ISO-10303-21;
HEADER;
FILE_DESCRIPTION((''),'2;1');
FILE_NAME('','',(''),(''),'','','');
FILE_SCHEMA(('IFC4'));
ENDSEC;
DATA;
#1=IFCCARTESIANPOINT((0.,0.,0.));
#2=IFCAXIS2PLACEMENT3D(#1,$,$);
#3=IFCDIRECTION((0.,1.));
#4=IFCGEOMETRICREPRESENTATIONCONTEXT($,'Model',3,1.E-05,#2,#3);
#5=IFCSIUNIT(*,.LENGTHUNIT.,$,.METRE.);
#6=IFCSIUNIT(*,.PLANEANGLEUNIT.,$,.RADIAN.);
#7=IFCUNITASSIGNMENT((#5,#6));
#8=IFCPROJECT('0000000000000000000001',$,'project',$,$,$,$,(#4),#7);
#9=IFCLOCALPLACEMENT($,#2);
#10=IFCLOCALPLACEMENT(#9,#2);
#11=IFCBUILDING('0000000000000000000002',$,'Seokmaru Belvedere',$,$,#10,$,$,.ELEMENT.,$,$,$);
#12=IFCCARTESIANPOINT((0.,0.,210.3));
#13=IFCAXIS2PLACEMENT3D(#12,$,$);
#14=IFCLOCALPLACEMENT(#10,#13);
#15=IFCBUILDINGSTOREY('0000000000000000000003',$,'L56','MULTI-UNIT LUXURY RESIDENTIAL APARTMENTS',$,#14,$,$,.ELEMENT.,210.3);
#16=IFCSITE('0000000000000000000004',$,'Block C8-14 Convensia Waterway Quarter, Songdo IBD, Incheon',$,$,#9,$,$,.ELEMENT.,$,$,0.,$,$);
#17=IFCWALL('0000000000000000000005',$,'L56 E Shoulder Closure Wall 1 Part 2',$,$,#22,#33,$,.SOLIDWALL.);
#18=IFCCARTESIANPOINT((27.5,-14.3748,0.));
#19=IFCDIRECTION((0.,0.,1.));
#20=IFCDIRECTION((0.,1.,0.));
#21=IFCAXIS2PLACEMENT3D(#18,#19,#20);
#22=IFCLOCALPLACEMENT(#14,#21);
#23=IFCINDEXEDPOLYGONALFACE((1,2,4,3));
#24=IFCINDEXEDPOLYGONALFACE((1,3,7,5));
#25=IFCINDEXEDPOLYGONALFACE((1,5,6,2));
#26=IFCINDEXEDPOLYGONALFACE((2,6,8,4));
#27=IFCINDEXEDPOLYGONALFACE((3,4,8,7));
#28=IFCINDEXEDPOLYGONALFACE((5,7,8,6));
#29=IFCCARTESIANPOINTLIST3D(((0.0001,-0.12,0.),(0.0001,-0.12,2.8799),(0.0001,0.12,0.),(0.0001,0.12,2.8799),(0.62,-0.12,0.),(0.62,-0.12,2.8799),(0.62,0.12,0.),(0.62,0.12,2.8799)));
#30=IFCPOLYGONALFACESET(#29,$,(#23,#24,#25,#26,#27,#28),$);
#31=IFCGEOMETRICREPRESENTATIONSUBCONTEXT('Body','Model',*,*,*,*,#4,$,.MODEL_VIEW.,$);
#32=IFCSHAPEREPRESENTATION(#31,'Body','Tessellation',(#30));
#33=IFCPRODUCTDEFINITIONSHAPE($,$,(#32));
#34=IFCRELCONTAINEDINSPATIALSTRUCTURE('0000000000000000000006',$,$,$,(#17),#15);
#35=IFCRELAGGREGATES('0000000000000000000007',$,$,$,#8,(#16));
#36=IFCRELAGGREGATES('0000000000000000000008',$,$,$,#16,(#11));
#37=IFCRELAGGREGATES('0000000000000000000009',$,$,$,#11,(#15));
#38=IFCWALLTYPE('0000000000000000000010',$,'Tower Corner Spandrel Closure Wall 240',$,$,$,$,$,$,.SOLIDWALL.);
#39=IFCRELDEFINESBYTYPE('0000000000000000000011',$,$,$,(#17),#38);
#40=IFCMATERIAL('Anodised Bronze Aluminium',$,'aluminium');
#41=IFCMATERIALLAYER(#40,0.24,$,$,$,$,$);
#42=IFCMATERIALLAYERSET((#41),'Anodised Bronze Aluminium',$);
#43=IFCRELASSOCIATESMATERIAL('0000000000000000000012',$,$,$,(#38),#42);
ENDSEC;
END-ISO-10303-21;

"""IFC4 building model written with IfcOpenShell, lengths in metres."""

from ifc_helpers import new_model, si_unit, direction, frame, frame_2d, origin, place, context, subcontext, project, spatial, rectangle, extrude, material, layer, layer_set, type_object, element, save


model = new_model("IFC4")

# Units and contexts
model_context = context("Model", 3, precision=1e-05, world=origin(), true_north=direction((0.0, 1.0)))
body_context = subcontext(model_context, "Body", "Model", "MODEL_VIEW")
ifc_project = project(units=[si_unit("LENGTHUNIT", "METRE"), si_unit("PLANEANGLEUNIT", "RADIAN")], contexts=[model_context])

# Site, building, storey
site_placement = place(None, origin())
site = spatial("IfcSite", under=ifc_project, at=site_placement, Name="Block C8-14 Convensia Waterway Quarter, Songdo IBD, Incheon", CompositionType="ELEMENT", RefElevation=0.0)
building_placement = place(site_placement, origin())
building = spatial("IfcBuilding", under=site, at=building_placement, Name="Seokmaru Belvedere", CompositionType="ELEMENT")
storey_placement = place(building_placement, frame((0.0, 0.0, 210.3)))
storey = spatial("IfcBuildingStorey", under=building, at=storey_placement, Name="L56", Description="MULTI-UNIT LUXURY RESIDENTIAL APARTMENTS", CompositionType="ELEMENT", Elevation=210.3)

# Shared definitions
ifc_material_1 = material(Name="Anodised Bronze Aluminium", Category="aluminium")

# Wall
ifc_layer_1 = layer(ifc_material_1, 0.24)
ifc_layer_set_1 = layer_set([ifc_layer_1], Name="Anodised Bronze Aluminium")
wall_type_1 = type_object("IfcWallType", Name="Tower Corner Spandrel Closure Wall 240", PredefinedType="SOLIDWALL", material=ifc_layer_set_1)
wall_1_placement = place(storey_placement, frame((27.5, -14.3748, 0.0), z_axis=(0.0, 0.0, 1.0), x_axis=(0.0, 1.0, 0.0)))
element("IfcWall", 1, at=wall_1_placement, inside=storey, type_object=wall_type_1, Name="L56 E Shoulder Closure Wall 1 Part 2", PredefinedType="SOLIDWALL", context=body_context, shape_type="SweptSolid", body=[
    extrude(rectangle(XDim=0.6199, YDim=0.24, at=frame_2d((0.3101, 0.0))), origin(), (0.0, 0.0, 1.0), 2.8799),
])

save(model, "model.ifc")
